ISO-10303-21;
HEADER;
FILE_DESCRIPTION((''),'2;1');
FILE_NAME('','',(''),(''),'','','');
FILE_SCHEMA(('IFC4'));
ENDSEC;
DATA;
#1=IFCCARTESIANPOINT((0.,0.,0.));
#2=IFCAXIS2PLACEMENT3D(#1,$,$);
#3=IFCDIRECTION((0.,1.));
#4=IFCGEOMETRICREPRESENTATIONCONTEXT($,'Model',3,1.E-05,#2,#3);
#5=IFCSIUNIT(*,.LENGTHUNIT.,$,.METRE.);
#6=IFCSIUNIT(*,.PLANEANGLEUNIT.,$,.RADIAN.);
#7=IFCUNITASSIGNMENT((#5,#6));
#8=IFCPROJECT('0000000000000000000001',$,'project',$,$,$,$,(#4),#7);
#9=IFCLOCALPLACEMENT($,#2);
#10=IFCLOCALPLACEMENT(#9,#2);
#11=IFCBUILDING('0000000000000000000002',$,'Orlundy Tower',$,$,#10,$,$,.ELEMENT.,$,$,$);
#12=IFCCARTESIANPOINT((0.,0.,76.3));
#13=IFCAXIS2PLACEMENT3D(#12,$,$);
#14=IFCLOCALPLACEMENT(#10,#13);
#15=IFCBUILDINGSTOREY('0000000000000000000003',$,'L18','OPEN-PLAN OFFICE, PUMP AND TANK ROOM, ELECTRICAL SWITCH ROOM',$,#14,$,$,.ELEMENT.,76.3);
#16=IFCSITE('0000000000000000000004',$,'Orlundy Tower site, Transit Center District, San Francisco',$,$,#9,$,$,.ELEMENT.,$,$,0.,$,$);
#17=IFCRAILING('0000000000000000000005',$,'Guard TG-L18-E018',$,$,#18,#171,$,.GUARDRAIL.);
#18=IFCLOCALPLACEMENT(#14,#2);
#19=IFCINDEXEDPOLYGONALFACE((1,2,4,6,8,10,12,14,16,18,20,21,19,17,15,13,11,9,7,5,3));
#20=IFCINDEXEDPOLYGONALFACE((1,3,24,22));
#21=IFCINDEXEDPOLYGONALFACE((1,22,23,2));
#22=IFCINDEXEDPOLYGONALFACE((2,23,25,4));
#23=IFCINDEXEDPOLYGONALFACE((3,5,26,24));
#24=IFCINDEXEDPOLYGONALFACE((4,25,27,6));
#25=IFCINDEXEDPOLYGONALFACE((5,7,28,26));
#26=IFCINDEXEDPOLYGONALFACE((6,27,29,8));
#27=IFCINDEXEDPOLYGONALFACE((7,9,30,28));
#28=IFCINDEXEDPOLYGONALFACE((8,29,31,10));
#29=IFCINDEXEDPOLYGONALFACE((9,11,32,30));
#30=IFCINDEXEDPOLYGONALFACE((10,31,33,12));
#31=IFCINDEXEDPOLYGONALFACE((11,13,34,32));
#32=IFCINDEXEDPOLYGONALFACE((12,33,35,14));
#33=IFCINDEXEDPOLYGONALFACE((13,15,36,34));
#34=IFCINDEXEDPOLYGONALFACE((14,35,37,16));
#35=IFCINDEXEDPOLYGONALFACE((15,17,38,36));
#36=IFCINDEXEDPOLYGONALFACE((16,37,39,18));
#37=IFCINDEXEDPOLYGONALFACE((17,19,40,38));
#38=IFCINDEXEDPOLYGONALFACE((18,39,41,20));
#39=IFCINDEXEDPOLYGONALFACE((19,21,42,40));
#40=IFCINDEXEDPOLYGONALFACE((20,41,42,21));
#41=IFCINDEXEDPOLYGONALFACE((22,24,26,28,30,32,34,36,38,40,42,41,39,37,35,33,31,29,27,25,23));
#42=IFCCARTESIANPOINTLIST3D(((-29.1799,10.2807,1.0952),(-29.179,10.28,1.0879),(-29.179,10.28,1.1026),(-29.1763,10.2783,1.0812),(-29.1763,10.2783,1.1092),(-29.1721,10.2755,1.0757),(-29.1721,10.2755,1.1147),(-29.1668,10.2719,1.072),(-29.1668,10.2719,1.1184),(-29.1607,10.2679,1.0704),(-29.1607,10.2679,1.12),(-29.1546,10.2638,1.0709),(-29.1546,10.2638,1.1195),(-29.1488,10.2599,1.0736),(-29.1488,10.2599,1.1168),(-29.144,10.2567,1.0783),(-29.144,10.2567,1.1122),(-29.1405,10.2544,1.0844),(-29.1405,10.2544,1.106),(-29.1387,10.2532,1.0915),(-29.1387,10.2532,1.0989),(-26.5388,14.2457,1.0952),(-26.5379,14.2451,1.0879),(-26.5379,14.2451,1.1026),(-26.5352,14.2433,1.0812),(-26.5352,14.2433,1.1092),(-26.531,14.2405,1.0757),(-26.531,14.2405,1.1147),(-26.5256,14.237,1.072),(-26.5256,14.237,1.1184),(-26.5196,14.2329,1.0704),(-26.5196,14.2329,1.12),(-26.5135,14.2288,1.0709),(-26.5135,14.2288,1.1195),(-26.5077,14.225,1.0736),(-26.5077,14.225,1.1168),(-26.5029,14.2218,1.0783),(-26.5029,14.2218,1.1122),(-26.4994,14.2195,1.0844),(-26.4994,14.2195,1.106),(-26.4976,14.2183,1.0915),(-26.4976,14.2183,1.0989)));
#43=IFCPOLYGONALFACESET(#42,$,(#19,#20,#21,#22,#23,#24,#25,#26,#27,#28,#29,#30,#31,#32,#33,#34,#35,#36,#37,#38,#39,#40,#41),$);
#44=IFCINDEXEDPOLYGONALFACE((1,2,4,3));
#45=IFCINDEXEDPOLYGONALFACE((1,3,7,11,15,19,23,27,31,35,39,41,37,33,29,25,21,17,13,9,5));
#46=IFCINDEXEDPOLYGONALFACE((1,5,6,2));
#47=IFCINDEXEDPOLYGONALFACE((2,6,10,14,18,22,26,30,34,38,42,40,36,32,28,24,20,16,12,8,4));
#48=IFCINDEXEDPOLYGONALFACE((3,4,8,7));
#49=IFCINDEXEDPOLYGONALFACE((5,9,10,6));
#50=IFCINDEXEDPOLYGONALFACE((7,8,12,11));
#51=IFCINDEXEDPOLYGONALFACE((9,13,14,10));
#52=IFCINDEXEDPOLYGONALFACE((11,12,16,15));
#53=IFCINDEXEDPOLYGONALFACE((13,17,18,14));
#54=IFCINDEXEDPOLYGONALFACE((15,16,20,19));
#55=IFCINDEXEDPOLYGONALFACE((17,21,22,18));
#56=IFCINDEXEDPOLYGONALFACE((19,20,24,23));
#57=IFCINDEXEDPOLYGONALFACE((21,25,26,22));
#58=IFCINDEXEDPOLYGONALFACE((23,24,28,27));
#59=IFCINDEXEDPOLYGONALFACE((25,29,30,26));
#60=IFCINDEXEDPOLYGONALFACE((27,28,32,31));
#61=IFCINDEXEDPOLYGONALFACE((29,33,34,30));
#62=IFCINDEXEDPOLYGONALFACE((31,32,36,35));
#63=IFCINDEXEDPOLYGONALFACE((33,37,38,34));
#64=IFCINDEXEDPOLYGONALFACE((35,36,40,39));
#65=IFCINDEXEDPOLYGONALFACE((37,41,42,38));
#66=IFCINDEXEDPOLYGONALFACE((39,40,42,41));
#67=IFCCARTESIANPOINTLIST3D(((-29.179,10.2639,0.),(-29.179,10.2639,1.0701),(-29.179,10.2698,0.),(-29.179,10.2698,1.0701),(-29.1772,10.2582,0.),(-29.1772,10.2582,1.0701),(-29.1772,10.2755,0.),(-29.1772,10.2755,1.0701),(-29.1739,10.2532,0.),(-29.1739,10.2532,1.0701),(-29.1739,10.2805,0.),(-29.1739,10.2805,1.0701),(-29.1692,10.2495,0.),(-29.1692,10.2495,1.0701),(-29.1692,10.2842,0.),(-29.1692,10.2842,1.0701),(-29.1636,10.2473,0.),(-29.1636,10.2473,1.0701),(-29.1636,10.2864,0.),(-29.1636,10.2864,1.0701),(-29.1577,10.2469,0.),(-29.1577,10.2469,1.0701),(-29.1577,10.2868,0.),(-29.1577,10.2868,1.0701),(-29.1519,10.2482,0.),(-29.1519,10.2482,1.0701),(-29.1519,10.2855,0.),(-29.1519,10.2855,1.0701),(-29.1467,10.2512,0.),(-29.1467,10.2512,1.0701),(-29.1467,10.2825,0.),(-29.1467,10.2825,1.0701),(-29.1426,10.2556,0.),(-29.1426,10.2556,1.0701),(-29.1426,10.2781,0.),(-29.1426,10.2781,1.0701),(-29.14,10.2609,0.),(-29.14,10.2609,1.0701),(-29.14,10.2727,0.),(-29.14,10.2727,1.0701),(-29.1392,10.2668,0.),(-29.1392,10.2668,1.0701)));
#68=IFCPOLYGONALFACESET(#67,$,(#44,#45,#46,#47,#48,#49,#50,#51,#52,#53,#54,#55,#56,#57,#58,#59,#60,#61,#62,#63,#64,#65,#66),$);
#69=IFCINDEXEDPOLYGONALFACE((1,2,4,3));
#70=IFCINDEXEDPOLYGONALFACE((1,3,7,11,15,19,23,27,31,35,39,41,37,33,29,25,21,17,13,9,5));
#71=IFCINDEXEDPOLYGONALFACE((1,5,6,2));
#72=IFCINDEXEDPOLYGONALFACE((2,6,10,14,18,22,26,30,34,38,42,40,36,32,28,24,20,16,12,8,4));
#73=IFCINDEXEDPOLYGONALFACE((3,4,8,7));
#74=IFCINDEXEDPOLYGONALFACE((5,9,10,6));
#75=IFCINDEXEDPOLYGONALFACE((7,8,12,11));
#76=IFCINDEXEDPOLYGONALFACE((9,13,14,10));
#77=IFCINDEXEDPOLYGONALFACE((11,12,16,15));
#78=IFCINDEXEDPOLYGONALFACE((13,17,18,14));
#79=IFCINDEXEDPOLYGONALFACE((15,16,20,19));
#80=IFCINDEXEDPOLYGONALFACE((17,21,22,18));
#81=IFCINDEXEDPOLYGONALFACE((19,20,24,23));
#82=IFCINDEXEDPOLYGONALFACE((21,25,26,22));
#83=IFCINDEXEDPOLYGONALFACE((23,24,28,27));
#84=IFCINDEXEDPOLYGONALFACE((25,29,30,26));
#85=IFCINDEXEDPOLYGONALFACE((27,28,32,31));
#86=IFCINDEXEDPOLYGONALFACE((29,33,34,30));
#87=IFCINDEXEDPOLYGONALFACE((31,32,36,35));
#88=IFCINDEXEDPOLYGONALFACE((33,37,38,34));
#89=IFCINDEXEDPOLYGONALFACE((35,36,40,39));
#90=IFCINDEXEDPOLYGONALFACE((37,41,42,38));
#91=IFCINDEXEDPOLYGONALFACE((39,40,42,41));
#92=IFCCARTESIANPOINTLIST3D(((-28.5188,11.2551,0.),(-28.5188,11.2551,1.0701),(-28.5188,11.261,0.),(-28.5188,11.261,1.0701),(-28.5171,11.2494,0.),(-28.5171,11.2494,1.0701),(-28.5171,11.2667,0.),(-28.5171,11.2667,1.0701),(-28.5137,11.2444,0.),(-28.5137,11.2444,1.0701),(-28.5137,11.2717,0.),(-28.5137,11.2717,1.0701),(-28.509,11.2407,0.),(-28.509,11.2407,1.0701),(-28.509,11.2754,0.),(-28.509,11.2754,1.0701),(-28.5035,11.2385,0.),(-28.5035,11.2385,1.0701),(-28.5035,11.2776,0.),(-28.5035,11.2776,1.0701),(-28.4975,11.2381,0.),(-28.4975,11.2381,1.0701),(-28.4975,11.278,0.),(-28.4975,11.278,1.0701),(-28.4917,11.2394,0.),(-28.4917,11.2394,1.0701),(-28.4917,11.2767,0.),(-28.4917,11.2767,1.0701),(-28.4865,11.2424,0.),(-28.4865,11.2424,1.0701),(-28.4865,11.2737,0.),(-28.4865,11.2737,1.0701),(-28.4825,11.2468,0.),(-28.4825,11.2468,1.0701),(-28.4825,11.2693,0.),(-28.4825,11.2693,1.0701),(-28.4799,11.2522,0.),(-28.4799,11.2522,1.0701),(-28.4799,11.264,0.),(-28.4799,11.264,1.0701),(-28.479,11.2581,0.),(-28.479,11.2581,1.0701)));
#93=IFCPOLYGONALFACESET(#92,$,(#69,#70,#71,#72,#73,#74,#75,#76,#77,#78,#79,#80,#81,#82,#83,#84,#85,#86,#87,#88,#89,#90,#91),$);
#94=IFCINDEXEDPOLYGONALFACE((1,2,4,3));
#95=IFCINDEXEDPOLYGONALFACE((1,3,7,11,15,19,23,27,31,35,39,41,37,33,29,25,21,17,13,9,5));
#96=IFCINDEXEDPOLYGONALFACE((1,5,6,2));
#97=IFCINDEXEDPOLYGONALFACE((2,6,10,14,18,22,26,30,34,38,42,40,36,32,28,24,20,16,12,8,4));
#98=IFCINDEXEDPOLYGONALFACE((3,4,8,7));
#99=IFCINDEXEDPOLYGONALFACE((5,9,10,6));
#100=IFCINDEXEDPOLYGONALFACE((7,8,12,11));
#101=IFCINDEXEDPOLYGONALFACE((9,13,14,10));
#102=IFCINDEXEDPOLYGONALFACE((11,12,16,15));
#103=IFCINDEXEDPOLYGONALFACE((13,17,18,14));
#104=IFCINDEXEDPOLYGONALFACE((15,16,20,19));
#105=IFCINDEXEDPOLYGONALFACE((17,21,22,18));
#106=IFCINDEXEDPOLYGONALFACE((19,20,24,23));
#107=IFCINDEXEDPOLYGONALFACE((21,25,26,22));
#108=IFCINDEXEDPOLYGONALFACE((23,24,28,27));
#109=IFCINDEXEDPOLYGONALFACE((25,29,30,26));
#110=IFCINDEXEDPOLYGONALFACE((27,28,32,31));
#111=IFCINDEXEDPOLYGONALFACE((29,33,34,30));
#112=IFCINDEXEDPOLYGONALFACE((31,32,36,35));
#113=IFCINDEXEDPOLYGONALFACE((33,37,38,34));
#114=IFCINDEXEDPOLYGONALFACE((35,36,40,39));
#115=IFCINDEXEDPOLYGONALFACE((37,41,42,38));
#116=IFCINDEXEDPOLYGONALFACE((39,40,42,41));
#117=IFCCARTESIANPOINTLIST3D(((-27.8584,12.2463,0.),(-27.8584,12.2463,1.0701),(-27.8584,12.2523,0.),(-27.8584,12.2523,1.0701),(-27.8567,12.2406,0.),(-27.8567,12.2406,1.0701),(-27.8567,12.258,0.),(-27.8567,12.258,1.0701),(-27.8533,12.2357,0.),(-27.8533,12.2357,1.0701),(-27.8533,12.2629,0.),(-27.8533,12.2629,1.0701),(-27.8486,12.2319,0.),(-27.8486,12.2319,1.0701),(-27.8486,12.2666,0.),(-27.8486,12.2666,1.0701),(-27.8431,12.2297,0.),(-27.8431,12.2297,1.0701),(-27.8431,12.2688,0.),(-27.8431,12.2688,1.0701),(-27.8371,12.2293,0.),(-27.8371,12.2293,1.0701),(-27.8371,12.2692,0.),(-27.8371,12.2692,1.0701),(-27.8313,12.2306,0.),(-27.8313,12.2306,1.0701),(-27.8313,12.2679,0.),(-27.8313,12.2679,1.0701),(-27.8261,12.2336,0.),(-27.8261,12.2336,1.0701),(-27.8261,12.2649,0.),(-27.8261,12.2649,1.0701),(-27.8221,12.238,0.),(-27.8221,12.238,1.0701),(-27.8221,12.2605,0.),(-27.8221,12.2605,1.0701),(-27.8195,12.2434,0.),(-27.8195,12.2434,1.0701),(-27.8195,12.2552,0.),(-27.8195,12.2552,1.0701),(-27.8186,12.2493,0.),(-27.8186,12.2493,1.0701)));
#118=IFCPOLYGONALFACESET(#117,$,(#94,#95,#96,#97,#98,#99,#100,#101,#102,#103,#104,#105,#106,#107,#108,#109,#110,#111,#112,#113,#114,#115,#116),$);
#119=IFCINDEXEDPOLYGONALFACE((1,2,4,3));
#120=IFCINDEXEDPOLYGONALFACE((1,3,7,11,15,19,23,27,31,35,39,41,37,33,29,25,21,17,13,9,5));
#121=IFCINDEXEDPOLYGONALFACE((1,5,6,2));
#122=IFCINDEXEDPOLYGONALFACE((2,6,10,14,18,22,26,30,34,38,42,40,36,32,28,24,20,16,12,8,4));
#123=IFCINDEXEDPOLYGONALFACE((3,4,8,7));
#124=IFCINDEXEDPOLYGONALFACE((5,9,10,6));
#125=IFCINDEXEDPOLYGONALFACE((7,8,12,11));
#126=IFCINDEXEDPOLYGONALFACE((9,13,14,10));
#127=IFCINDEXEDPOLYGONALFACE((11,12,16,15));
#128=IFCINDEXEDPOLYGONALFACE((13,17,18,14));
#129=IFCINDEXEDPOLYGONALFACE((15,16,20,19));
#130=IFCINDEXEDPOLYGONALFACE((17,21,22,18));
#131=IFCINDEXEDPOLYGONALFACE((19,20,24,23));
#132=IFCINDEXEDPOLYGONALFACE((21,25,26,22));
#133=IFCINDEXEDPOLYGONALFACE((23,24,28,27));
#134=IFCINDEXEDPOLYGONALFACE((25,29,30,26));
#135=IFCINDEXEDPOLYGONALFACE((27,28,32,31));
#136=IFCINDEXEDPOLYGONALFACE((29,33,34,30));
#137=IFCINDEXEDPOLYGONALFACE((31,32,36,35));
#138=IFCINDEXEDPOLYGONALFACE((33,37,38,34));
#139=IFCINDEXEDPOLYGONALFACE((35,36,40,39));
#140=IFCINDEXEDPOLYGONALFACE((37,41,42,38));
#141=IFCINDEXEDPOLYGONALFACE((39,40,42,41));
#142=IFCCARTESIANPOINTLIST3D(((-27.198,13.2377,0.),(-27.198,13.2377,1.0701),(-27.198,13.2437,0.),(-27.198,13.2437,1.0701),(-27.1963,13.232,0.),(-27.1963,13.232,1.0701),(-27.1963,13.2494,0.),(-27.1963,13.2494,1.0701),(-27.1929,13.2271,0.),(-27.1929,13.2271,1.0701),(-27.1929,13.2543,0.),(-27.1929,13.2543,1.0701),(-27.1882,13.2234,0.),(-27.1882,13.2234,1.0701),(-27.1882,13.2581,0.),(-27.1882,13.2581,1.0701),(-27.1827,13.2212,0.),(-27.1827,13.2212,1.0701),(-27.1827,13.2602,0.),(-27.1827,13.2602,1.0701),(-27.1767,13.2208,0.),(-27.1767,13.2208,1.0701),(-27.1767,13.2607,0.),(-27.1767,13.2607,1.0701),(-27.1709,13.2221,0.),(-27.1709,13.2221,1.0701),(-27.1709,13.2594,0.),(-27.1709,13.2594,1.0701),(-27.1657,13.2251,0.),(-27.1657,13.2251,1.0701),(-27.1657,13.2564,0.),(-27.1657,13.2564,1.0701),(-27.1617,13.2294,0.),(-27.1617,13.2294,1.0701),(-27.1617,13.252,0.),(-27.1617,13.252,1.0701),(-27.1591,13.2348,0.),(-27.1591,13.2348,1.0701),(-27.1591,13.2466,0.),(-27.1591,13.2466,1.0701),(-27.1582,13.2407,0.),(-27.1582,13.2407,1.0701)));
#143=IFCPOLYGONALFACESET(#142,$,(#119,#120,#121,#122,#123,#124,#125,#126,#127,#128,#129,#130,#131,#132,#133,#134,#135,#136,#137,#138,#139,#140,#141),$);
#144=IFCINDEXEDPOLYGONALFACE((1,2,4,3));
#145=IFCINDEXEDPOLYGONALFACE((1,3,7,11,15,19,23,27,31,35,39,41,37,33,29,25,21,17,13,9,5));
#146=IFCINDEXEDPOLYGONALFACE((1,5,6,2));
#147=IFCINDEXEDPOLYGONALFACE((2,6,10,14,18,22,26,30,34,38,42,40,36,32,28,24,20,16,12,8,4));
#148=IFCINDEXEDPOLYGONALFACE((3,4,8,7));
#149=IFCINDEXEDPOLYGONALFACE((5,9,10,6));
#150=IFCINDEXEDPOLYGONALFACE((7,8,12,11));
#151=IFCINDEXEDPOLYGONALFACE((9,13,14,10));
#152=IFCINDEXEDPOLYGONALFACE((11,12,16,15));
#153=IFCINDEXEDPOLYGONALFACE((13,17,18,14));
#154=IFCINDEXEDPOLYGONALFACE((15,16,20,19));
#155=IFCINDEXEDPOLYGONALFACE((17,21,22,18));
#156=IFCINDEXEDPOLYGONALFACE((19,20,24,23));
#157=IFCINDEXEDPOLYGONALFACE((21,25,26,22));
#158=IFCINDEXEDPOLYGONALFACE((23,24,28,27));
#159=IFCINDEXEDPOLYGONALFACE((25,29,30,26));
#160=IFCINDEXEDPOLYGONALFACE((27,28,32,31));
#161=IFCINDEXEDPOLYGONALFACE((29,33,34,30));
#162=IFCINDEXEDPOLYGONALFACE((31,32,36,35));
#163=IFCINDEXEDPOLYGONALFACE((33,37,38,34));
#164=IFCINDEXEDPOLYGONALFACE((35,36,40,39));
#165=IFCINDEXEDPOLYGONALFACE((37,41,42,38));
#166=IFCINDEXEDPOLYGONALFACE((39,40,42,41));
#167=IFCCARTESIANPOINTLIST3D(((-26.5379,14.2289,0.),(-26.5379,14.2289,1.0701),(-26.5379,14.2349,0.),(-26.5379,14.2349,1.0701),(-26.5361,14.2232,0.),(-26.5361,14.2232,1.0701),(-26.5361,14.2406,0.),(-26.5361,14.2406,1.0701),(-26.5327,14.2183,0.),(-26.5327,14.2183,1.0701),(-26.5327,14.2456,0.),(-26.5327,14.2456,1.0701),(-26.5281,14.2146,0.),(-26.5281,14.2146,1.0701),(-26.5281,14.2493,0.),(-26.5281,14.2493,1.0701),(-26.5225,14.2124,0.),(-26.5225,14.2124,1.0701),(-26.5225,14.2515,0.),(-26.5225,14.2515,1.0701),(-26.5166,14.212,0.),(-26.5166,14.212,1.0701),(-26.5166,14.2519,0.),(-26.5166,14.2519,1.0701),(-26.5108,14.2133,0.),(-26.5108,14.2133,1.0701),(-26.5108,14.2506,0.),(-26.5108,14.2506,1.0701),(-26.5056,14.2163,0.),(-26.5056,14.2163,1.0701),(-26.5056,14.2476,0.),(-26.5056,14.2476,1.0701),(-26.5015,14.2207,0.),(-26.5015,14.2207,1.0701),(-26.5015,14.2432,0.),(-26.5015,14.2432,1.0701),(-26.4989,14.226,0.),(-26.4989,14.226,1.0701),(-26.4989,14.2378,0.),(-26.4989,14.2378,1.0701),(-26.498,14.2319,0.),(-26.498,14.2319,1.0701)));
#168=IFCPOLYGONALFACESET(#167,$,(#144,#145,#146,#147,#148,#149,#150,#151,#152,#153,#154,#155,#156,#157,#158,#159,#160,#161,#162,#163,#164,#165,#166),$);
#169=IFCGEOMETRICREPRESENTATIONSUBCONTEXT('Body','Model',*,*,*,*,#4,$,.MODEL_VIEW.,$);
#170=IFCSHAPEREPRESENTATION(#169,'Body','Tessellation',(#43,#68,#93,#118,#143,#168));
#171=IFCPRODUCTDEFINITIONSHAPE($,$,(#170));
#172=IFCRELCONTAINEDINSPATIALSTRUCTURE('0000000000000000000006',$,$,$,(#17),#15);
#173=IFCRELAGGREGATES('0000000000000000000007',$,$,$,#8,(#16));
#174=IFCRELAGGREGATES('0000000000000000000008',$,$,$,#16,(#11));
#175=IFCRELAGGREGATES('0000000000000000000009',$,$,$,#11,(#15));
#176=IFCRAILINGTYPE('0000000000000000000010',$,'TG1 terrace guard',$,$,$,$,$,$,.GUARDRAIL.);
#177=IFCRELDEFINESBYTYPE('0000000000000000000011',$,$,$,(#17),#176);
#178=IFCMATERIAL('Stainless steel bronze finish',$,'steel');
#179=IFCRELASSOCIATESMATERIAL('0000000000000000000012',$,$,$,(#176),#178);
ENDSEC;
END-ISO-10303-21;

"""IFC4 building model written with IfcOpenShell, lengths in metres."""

from ifc_helpers import new_model, si_unit, direction, frame, origin, origin_2d, place, context, subcontext, project, spatial, circle, extrude, material, type_object, element, save


model = new_model("IFC4")

# Units and contexts
model_context = context("Model", 3, precision=1e-05, world=origin(), true_north=direction((0.0, 1.0)))
body_context = subcontext(model_context, "Body", "Model", "MODEL_VIEW")
ifc_project = project(units=[si_unit("LENGTHUNIT", "METRE"), si_unit("PLANEANGLEUNIT", "RADIAN")], contexts=[model_context])

# Site, building, storey
site_placement = place(None, origin())
site = spatial("IfcSite", under=ifc_project, at=site_placement, Name="Orlundy Tower site, Transit Center District, San Francisco", CompositionType="ELEMENT", RefElevation=0.0)
building_placement = place(site_placement, origin())
building = spatial("IfcBuilding", under=site, at=building_placement, Name="Orlundy Tower", CompositionType="ELEMENT")
storey_placement = place(building_placement, frame((0.0, 0.0, 76.3)))
storey = spatial("IfcBuildingStorey", under=building, at=storey_placement, Name="L18", Description="OPEN-PLAN OFFICE, PUMP AND TANK ROOM, ELECTRICAL SWITCH ROOM", CompositionType="ELEMENT", Elevation=76.3)

# Railing
ifc_material_1 = material(Name="Stainless steel bronze finish", Category="steel")
railing_type = type_object("IfcRailingType", Name="TG1 terrace guard", PredefinedType="GUARDRAIL", material=ifc_material_1)
railing_placement = place(storey_placement, frame((-29.1592, 10.2668, 0.0)))
element("IfcRailing", 1, at=railing_placement, inside=storey, type_object=railing_type, Name="Guard TG-L18-E018", PredefinedType="GUARDRAIL", context=body_context, shape_type="SweptSolid", body=[
    extrude(circle(Radius=0.0249, at=origin_2d()), frame((0.0, 0.0, 1.0952), z_axis=(0.554369, 0.832271, 0.0), x_axis=(-0.832271, 0.554369, 0.0)), (0.0, 0.0, 1.0), 4.7642),
    extrude(circle(Radius=0.02, at=origin_2d()), origin(), (0.0, 0.0, 1.0), 1.0701),
    extrude(circle(Radius=0.02, at=origin_2d()), frame((0.6602, 0.9912, 0.0)), (0.0, 0.0, 1.0), 1.0701),
    extrude(circle(Radius=0.02, at=origin_2d()), frame((1.3206, 1.9824, 0.0)), (0.0, 0.0, 1.0), 1.0701),
    extrude(circle(Radius=0.02, at=origin_2d()), frame((1.981, 2.9739, 0.0)), (0.0, 0.0, 1.0), 1.0701),
    extrude(circle(Radius=0.02, at=origin_2d()), frame((2.6411, 3.9651, 0.0)), (0.0, 0.0, 1.0), 1.0701),
])

save(model, "model.ifc")
